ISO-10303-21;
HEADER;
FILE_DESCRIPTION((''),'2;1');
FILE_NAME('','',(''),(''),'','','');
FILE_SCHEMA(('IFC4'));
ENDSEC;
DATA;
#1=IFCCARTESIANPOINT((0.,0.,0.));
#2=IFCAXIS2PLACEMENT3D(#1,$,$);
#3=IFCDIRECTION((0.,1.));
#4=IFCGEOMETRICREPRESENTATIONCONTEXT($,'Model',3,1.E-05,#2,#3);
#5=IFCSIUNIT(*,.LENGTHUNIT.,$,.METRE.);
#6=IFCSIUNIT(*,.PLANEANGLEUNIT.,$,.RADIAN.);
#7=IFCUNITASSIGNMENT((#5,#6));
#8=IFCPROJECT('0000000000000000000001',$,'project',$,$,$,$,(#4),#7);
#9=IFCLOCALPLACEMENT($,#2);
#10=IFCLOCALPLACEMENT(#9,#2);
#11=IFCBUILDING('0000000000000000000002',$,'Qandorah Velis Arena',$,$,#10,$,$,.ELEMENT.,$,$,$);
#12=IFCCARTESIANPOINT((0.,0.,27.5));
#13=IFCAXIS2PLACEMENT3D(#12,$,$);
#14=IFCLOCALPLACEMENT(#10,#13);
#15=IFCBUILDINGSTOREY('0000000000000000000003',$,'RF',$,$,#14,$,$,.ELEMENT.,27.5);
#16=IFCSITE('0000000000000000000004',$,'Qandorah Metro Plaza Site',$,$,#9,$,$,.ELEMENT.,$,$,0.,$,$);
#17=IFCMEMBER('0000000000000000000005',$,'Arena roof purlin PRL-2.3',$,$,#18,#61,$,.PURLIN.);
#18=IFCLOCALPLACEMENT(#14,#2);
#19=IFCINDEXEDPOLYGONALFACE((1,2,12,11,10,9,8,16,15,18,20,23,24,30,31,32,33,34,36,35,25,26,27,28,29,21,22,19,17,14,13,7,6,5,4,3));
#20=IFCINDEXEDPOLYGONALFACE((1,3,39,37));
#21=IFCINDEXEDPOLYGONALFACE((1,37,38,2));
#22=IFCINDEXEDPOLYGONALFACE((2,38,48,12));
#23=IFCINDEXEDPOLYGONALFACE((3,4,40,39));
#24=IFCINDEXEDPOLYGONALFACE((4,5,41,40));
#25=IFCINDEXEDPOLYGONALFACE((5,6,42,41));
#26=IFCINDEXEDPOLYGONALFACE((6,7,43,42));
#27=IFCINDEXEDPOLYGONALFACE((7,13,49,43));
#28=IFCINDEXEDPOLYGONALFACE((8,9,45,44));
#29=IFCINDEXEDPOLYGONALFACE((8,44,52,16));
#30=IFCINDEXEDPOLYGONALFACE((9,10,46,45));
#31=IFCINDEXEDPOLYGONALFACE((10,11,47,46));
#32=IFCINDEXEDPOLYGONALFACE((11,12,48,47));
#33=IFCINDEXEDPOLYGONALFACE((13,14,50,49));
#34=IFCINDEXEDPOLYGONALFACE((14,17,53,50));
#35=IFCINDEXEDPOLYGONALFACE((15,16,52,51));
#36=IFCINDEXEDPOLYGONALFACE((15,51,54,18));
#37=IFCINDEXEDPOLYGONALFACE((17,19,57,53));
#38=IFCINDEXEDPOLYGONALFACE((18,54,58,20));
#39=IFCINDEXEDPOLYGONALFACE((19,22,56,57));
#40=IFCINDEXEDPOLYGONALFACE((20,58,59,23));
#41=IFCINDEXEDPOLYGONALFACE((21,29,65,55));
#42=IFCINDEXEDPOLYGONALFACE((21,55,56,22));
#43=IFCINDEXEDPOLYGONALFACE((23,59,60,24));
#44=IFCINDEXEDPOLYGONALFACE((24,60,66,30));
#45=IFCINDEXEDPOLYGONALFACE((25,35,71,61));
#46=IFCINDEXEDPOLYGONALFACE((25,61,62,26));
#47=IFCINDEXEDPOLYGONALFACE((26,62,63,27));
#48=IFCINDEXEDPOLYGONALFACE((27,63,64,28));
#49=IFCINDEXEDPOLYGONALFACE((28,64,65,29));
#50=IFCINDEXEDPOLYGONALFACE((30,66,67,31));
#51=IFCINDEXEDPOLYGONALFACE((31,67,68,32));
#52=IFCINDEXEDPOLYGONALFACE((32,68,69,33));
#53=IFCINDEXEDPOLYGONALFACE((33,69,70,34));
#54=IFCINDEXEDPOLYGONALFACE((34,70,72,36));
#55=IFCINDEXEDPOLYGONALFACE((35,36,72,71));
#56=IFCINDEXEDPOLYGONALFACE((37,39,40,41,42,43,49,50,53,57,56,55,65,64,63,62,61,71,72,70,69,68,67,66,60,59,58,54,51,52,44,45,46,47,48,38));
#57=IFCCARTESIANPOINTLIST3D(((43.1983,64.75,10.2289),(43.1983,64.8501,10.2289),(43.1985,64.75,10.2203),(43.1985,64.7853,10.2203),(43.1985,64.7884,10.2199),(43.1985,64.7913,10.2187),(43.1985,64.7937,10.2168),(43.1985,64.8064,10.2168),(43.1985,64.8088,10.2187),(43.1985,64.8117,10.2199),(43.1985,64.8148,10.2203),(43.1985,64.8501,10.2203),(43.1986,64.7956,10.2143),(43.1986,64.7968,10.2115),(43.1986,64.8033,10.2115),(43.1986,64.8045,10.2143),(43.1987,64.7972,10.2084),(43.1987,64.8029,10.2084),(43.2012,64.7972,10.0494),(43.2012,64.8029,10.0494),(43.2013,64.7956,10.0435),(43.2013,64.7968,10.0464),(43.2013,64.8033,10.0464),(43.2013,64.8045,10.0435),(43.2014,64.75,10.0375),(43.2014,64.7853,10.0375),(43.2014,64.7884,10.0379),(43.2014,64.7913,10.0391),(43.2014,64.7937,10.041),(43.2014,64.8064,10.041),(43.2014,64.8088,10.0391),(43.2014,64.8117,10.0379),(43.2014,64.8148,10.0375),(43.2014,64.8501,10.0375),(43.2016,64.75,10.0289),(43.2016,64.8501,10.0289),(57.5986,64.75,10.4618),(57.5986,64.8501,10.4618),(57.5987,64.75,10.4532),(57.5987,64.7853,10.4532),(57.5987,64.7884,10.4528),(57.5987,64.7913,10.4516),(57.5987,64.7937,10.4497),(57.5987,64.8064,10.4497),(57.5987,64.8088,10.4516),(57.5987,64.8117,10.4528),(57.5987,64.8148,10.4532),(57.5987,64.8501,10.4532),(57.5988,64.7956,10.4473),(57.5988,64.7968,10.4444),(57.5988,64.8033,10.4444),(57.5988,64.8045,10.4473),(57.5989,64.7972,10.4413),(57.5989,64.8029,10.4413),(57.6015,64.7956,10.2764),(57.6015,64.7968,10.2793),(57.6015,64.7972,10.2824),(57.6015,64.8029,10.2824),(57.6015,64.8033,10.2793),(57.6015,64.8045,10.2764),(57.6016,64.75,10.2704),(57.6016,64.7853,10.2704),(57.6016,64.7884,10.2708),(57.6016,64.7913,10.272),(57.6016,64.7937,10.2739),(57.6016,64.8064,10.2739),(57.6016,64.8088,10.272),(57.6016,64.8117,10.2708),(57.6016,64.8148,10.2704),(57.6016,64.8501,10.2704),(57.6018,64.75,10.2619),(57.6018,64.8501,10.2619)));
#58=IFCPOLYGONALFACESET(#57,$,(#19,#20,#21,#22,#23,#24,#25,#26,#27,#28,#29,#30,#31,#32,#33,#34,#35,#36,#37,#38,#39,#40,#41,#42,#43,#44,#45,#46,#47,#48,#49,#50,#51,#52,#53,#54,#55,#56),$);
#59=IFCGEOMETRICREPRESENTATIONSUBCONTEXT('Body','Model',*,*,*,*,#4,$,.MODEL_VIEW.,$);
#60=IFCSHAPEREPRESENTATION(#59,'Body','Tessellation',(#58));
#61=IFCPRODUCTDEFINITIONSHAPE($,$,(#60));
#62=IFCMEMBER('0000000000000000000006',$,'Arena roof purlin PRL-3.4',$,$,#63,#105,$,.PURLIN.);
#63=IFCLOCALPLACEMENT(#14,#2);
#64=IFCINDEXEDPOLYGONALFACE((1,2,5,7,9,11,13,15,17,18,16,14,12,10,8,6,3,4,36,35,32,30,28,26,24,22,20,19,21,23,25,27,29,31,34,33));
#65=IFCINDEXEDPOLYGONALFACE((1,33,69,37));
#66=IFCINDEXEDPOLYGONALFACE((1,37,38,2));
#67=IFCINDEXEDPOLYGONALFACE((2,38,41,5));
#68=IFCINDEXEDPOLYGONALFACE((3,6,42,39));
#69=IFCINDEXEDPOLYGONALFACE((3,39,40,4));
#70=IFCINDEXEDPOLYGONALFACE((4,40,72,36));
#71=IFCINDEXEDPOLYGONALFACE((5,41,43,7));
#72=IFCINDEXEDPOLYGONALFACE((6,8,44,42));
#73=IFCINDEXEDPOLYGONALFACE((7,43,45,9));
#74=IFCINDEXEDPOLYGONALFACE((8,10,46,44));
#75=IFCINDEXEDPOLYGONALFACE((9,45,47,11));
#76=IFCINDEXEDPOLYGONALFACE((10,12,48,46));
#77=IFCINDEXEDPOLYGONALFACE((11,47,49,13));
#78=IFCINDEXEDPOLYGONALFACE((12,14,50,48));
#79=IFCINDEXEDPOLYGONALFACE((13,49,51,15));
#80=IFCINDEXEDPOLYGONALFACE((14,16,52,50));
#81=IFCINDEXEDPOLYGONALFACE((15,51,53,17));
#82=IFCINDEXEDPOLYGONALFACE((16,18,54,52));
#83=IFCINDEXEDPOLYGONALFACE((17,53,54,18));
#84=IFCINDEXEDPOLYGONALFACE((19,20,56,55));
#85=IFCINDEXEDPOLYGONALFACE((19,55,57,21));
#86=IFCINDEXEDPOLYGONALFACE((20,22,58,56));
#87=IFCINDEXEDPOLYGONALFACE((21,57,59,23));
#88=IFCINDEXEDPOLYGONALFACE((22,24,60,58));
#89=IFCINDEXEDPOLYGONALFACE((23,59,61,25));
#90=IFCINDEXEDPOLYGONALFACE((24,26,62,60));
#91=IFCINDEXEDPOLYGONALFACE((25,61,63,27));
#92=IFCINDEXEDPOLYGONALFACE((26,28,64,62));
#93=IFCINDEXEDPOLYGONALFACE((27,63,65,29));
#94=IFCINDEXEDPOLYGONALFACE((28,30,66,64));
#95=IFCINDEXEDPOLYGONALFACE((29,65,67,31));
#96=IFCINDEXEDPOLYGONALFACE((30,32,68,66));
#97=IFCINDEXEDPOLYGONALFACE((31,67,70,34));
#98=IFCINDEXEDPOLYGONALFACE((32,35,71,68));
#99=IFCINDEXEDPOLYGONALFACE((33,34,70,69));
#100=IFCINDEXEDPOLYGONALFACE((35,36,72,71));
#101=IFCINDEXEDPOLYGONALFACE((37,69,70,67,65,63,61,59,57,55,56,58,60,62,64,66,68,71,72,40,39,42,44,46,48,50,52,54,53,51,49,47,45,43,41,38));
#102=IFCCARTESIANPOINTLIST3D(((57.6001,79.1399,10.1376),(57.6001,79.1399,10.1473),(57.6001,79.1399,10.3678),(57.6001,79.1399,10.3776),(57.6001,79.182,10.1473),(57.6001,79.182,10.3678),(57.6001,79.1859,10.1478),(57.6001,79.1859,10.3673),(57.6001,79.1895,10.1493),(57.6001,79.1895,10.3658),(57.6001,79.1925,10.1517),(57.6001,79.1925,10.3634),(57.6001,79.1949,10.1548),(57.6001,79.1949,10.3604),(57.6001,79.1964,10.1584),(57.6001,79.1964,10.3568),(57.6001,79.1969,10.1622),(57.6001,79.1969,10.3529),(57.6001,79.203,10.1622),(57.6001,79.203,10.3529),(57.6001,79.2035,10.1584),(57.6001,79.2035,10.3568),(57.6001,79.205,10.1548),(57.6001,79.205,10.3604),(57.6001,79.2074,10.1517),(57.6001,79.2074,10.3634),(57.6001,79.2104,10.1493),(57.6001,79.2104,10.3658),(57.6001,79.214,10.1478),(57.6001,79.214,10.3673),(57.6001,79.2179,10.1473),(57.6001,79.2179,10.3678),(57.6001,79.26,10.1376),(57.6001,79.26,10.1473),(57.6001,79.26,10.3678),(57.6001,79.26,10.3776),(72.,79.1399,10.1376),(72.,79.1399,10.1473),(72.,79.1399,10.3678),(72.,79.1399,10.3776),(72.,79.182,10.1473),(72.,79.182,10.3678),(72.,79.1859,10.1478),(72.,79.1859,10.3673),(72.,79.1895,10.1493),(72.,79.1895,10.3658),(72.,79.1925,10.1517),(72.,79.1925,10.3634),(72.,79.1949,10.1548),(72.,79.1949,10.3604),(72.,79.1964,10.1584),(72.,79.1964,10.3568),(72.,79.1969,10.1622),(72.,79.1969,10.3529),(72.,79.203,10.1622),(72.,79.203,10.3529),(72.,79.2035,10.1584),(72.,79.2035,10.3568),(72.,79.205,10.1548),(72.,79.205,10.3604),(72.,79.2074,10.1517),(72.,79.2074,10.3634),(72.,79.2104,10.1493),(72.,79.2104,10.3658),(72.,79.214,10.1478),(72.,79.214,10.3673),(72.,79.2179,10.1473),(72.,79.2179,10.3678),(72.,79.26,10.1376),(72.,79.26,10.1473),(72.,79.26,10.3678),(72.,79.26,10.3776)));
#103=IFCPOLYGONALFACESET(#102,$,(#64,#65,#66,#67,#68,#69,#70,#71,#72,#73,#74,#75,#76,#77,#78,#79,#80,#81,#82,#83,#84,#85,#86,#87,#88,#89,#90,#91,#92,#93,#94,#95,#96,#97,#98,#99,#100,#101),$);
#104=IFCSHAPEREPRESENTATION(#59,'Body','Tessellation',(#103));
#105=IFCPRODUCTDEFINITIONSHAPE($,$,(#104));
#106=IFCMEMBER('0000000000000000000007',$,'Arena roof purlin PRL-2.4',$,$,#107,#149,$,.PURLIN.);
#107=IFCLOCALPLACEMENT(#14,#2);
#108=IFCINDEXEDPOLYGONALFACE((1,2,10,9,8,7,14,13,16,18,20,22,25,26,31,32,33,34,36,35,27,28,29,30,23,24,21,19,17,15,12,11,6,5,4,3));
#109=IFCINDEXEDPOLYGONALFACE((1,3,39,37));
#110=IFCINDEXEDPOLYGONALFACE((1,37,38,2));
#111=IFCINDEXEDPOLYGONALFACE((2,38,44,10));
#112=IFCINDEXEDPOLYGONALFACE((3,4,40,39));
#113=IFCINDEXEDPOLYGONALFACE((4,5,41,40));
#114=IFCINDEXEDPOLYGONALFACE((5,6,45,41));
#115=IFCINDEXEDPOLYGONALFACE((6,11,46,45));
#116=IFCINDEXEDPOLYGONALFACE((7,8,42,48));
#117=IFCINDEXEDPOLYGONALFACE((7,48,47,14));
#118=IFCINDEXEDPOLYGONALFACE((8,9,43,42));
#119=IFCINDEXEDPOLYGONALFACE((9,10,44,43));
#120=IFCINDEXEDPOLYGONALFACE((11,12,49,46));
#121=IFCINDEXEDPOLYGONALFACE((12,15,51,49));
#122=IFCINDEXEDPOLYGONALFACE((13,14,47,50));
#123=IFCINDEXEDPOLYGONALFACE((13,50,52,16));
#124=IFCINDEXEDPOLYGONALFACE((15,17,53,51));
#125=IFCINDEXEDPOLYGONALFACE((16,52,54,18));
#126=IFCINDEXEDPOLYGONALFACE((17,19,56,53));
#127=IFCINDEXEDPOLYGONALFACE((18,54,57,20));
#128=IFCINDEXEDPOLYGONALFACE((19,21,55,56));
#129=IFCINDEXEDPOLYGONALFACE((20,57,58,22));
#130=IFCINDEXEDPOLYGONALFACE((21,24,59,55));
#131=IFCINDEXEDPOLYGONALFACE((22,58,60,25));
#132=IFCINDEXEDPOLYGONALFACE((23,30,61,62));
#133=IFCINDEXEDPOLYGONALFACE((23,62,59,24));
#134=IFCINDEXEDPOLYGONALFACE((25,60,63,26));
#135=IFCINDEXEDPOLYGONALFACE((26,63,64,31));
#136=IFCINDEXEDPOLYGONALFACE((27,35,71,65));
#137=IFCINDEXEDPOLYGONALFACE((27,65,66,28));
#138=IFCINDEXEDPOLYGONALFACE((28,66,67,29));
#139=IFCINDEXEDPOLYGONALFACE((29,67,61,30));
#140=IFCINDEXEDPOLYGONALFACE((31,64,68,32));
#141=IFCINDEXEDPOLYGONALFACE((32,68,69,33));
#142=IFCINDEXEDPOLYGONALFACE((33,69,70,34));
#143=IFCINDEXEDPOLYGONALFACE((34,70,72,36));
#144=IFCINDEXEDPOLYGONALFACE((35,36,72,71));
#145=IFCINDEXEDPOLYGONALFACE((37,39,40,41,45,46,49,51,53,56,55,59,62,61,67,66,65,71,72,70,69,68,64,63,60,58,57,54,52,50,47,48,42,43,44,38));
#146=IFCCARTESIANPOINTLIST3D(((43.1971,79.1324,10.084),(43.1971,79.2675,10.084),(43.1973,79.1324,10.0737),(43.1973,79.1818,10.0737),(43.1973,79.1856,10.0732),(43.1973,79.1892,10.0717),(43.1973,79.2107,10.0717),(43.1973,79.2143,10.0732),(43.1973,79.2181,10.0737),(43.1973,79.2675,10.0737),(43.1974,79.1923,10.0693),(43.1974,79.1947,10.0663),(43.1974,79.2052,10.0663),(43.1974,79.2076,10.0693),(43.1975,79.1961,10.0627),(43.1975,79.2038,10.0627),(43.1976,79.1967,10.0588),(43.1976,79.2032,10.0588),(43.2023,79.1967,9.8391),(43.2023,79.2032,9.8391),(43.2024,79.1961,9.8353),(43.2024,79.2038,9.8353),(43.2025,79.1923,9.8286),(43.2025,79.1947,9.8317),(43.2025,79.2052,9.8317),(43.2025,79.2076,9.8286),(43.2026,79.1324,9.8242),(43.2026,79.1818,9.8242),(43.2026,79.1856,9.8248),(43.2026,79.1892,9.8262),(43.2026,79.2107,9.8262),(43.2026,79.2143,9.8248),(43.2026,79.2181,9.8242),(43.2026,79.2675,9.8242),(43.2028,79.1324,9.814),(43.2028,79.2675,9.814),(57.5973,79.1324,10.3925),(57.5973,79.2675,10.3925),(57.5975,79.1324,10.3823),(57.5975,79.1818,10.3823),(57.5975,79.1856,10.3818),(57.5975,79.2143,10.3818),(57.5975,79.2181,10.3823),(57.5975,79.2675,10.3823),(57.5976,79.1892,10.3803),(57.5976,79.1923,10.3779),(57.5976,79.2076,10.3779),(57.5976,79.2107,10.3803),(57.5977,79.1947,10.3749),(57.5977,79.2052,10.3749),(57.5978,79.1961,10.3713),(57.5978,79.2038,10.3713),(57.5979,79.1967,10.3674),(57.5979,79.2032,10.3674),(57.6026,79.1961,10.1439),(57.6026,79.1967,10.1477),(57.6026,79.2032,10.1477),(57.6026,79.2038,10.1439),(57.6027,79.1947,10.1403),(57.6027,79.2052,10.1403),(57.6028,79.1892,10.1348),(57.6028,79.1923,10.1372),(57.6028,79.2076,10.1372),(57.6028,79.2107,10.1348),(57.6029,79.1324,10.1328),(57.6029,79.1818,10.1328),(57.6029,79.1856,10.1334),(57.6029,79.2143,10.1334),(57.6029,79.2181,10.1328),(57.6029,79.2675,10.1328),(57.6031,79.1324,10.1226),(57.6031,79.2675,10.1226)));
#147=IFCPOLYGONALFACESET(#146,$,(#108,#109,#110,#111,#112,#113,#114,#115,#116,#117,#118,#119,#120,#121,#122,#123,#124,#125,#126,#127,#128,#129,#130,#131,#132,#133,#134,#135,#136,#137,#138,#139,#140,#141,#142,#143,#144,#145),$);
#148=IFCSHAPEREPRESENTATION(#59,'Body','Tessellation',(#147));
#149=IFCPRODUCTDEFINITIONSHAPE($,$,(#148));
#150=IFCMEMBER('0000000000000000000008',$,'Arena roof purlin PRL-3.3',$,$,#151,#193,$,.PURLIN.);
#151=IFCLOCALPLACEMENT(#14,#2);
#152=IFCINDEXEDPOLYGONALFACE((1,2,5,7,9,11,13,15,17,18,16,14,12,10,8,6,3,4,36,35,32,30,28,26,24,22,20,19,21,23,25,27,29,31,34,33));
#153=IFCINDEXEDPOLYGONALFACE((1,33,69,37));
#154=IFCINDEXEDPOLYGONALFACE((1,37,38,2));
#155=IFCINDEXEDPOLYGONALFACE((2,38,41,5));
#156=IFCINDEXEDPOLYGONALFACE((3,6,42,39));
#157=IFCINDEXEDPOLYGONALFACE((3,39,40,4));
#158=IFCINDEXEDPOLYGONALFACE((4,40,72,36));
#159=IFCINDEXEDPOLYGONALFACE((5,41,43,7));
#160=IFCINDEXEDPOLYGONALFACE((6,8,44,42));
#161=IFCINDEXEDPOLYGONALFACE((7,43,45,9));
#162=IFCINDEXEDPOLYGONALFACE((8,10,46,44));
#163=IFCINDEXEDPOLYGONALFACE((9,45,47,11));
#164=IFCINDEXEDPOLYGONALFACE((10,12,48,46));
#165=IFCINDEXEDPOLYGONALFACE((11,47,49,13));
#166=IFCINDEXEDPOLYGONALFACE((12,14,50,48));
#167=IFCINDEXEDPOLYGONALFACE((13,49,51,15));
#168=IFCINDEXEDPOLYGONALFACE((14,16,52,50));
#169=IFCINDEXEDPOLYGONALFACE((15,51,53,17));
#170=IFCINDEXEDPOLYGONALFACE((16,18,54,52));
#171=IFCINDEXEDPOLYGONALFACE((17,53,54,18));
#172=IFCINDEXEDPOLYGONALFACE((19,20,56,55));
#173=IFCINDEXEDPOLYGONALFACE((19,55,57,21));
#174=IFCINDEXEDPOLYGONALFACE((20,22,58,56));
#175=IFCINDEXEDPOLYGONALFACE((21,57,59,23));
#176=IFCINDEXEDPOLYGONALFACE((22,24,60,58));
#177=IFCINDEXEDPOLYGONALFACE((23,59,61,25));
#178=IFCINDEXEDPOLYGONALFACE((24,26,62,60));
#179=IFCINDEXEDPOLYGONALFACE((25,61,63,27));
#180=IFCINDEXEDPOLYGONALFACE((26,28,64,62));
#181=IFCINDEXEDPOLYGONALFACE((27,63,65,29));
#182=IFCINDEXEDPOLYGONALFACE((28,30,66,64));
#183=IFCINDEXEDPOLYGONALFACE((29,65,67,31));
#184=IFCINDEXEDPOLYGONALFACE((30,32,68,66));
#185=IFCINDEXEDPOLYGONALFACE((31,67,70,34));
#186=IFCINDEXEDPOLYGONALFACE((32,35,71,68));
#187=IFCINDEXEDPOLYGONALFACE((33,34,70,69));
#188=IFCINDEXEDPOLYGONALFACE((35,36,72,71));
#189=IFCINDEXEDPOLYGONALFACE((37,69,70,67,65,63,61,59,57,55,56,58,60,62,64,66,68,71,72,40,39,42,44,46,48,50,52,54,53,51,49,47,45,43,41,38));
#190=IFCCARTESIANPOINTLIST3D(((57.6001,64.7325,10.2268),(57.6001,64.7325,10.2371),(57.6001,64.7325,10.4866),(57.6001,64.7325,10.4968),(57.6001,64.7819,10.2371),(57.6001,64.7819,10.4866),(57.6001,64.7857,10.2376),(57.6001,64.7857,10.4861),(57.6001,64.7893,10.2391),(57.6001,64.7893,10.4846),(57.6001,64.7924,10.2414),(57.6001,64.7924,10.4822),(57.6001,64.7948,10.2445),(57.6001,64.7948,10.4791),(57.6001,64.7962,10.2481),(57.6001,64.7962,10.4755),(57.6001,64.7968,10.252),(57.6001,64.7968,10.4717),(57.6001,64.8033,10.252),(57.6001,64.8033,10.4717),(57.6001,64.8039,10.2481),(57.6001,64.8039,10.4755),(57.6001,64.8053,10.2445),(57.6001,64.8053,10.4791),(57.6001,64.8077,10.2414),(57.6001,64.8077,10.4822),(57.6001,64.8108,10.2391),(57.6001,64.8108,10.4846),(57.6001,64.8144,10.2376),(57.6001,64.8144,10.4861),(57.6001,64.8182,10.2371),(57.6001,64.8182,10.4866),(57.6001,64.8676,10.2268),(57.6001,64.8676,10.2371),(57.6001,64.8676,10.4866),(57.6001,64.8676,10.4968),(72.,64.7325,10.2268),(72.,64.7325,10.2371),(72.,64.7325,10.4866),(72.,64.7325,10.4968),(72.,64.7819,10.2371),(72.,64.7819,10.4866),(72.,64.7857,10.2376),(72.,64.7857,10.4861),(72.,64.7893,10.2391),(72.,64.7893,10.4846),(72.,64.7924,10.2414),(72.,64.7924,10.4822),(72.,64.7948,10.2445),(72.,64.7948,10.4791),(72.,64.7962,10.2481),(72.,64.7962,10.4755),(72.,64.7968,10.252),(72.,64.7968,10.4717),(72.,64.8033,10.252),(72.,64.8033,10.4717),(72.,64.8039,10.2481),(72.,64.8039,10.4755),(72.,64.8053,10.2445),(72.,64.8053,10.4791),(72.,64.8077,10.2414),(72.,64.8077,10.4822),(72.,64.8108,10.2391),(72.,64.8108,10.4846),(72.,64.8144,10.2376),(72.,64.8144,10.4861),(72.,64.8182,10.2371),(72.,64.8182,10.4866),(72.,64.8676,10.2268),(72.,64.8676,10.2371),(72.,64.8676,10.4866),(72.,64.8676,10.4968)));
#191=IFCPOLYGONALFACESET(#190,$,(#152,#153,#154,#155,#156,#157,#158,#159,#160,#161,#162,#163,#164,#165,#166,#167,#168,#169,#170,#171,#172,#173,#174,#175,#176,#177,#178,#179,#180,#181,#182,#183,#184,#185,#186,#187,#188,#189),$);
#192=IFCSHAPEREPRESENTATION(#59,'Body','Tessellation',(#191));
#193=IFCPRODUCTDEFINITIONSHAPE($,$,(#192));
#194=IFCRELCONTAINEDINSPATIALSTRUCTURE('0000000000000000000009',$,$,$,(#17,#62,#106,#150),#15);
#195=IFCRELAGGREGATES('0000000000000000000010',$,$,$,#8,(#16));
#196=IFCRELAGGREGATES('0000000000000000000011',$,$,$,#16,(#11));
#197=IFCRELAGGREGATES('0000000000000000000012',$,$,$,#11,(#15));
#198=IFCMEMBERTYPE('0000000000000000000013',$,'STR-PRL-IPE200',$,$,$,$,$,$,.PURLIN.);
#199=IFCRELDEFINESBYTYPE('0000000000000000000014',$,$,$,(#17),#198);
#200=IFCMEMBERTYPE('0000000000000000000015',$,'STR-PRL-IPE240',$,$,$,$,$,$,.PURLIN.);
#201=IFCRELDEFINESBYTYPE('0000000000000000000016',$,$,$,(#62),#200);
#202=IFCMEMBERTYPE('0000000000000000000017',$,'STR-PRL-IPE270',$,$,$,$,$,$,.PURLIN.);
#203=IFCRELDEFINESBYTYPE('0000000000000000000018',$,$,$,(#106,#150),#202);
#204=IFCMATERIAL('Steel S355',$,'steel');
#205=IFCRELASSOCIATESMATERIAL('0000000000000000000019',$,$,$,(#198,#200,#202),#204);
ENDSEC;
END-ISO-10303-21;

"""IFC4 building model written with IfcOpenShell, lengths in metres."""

from ifc_helpers import new_model, si_unit, direction, frame, origin, origin_2d, place, context, subcontext, project, spatial, i_section, extrude, material, material_profile, profile_set, type_object, element, save


model = new_model("IFC4")

# Units and contexts
model_context = context("Model", 3, precision=1e-05, world=origin(), true_north=direction((0.0, 1.0)))
body_context = subcontext(model_context, "Body", "Model", "MODEL_VIEW")
ifc_project = project(units=[si_unit("LENGTHUNIT", "METRE"), si_unit("PLANEANGLEUNIT", "RADIAN")], contexts=[model_context])

# Site, building, storey
site_placement = place(None, origin())
site = spatial("IfcSite", under=ifc_project, at=site_placement, Name="Qandorah Metro Plaza Site", CompositionType="ELEMENT", RefElevation=0.0)
building_placement = place(site_placement, origin())
building = spatial("IfcBuilding", under=site, at=building_placement, Name="Qandorah Velis Arena", CompositionType="ELEMENT")
storey_placement = place(building_placement, frame((0.0, 0.0, 27.5)))
storey = spatial("IfcBuildingStorey", under=building, at=storey_placement, Name="RF", CompositionType="ELEMENT", Elevation=27.5)

# Members
ifc_material_1 = material(Name="Steel S355", Category="steel")
ifc_material_profile_1 = material_profile(ifc_material_1, i_section(OverallWidth=0.1001, OverallDepth=0.2, WebThickness=0.0056, FlangeThickness=0.0085, FilletRadius=0.012, at=origin_2d()), Name="IPE 200")
ifc_profile_set_1 = profile_set([ifc_material_profile_1], Name="Steel S355")
member_type_1 = type_object("IfcMemberType", Name="STR-PRL-IPE200", PredefinedType="PURLIN", material=ifc_profile_set_1)
member_1_placement = place(storey_placement, frame((43.2, 64.8, 10.1289), z_axis=(0.999869, 0.0, 0.016172), x_axis=(0.0, 1.0, 0.0)))
element("IfcMember", 1, at=member_1_placement, inside=storey, type_object=member_type_1, Name="Arena roof purlin PRL-2.3", PredefinedType="PURLIN", context=body_context, shape_type="SweptSolid", body=[
    extrude(i_section(OverallWidth=0.1001, OverallDepth=0.2, WebThickness=0.0056, FlangeThickness=0.0085, FilletRadius=0.012, at=origin_2d()), origin(), (0.0, 0.0, 1.0), 14.4021),
])
ifc_material_profile_2 = material_profile(ifc_material_1, i_section(OverallWidth=0.1201, OverallDepth=0.24, WebThickness=0.0061, FlangeThickness=0.0098, FilletRadius=0.0149, at=origin_2d()), Name="IPE 240")
ifc_profile_set_2 = profile_set([ifc_material_profile_2], Name="Steel S355")
member_type_2 = type_object("IfcMemberType", Name="STR-PRL-IPE240", PredefinedType="PURLIN", material=ifc_profile_set_2)
member_2_placement = place(storey_placement, frame((57.6001, 79.2, 10.2576), z_axis=(1.0, 0.0, 0.0), x_axis=(0.0, 1.0, 0.0)))
element("IfcMember", 2, at=member_2_placement, inside=storey, type_object=member_type_2, Name="Arena roof purlin PRL-3.4", PredefinedType="PURLIN", context=body_context, shape_type="SweptSolid", body=[
    extrude(i_section(OverallWidth=0.1201, OverallDepth=0.24, WebThickness=0.0061, FlangeThickness=0.0098, FilletRadius=0.0149, at=origin_2d()), origin(), (0.0, 0.0, 1.0), 14.3999),
])
ifc_material_profile_3 = material_profile(ifc_material_1, i_section(OverallWidth=0.135, OverallDepth=0.27, WebThickness=0.0066, FlangeThickness=0.0103, FilletRadius=0.0149, at=origin_2d()), Name="IPE 270")
ifc_profile_set_3 = profile_set([ifc_material_profile_3], Name="Steel S355")
member_type_3 = type_object("IfcMemberType", Name="STR-PRL-IPE270", PredefinedType="PURLIN", material=ifc_profile_set_3)
member_3_placement = place(storey_placement, frame((43.2, 79.2, 9.949), z_axis=(0.99977, 0.0, 0.021425), x_axis=(0.0, 1.0, 0.0)))
element("IfcMember", 3, at=member_3_placement, inside=storey, type_object=member_type_3, Name="Arena roof purlin PRL-2.4", PredefinedType="PURLIN", context=body_context, shape_type="SweptSolid", body=[
    extrude(i_section(OverallWidth=0.135, OverallDepth=0.27, WebThickness=0.0066, FlangeThickness=0.0103, FilletRadius=0.0149, at=origin_2d()), origin(), (0.0, 0.0, 1.0), 14.4036),
])
member_4_placement = place(storey_placement, frame((57.6001, 64.8, 10.3618), z_axis=(1.0, 0.0, 0.0), x_axis=(0.0, 1.0, 0.0)))
element("IfcMember", 4, at=member_4_placement, inside=storey, type_object=member_type_3, Name="Arena roof purlin PRL-3.3", PredefinedType="PURLIN", context=body_context, shape_type="SweptSolid", body=[
    extrude(i_section(OverallWidth=0.135, OverallDepth=0.27, WebThickness=0.0066, FlangeThickness=0.0103, FilletRadius=0.0149, at=origin_2d()), origin(), (0.0, 0.0, 1.0), 14.3999),
])

save(model, "model.ifc")
